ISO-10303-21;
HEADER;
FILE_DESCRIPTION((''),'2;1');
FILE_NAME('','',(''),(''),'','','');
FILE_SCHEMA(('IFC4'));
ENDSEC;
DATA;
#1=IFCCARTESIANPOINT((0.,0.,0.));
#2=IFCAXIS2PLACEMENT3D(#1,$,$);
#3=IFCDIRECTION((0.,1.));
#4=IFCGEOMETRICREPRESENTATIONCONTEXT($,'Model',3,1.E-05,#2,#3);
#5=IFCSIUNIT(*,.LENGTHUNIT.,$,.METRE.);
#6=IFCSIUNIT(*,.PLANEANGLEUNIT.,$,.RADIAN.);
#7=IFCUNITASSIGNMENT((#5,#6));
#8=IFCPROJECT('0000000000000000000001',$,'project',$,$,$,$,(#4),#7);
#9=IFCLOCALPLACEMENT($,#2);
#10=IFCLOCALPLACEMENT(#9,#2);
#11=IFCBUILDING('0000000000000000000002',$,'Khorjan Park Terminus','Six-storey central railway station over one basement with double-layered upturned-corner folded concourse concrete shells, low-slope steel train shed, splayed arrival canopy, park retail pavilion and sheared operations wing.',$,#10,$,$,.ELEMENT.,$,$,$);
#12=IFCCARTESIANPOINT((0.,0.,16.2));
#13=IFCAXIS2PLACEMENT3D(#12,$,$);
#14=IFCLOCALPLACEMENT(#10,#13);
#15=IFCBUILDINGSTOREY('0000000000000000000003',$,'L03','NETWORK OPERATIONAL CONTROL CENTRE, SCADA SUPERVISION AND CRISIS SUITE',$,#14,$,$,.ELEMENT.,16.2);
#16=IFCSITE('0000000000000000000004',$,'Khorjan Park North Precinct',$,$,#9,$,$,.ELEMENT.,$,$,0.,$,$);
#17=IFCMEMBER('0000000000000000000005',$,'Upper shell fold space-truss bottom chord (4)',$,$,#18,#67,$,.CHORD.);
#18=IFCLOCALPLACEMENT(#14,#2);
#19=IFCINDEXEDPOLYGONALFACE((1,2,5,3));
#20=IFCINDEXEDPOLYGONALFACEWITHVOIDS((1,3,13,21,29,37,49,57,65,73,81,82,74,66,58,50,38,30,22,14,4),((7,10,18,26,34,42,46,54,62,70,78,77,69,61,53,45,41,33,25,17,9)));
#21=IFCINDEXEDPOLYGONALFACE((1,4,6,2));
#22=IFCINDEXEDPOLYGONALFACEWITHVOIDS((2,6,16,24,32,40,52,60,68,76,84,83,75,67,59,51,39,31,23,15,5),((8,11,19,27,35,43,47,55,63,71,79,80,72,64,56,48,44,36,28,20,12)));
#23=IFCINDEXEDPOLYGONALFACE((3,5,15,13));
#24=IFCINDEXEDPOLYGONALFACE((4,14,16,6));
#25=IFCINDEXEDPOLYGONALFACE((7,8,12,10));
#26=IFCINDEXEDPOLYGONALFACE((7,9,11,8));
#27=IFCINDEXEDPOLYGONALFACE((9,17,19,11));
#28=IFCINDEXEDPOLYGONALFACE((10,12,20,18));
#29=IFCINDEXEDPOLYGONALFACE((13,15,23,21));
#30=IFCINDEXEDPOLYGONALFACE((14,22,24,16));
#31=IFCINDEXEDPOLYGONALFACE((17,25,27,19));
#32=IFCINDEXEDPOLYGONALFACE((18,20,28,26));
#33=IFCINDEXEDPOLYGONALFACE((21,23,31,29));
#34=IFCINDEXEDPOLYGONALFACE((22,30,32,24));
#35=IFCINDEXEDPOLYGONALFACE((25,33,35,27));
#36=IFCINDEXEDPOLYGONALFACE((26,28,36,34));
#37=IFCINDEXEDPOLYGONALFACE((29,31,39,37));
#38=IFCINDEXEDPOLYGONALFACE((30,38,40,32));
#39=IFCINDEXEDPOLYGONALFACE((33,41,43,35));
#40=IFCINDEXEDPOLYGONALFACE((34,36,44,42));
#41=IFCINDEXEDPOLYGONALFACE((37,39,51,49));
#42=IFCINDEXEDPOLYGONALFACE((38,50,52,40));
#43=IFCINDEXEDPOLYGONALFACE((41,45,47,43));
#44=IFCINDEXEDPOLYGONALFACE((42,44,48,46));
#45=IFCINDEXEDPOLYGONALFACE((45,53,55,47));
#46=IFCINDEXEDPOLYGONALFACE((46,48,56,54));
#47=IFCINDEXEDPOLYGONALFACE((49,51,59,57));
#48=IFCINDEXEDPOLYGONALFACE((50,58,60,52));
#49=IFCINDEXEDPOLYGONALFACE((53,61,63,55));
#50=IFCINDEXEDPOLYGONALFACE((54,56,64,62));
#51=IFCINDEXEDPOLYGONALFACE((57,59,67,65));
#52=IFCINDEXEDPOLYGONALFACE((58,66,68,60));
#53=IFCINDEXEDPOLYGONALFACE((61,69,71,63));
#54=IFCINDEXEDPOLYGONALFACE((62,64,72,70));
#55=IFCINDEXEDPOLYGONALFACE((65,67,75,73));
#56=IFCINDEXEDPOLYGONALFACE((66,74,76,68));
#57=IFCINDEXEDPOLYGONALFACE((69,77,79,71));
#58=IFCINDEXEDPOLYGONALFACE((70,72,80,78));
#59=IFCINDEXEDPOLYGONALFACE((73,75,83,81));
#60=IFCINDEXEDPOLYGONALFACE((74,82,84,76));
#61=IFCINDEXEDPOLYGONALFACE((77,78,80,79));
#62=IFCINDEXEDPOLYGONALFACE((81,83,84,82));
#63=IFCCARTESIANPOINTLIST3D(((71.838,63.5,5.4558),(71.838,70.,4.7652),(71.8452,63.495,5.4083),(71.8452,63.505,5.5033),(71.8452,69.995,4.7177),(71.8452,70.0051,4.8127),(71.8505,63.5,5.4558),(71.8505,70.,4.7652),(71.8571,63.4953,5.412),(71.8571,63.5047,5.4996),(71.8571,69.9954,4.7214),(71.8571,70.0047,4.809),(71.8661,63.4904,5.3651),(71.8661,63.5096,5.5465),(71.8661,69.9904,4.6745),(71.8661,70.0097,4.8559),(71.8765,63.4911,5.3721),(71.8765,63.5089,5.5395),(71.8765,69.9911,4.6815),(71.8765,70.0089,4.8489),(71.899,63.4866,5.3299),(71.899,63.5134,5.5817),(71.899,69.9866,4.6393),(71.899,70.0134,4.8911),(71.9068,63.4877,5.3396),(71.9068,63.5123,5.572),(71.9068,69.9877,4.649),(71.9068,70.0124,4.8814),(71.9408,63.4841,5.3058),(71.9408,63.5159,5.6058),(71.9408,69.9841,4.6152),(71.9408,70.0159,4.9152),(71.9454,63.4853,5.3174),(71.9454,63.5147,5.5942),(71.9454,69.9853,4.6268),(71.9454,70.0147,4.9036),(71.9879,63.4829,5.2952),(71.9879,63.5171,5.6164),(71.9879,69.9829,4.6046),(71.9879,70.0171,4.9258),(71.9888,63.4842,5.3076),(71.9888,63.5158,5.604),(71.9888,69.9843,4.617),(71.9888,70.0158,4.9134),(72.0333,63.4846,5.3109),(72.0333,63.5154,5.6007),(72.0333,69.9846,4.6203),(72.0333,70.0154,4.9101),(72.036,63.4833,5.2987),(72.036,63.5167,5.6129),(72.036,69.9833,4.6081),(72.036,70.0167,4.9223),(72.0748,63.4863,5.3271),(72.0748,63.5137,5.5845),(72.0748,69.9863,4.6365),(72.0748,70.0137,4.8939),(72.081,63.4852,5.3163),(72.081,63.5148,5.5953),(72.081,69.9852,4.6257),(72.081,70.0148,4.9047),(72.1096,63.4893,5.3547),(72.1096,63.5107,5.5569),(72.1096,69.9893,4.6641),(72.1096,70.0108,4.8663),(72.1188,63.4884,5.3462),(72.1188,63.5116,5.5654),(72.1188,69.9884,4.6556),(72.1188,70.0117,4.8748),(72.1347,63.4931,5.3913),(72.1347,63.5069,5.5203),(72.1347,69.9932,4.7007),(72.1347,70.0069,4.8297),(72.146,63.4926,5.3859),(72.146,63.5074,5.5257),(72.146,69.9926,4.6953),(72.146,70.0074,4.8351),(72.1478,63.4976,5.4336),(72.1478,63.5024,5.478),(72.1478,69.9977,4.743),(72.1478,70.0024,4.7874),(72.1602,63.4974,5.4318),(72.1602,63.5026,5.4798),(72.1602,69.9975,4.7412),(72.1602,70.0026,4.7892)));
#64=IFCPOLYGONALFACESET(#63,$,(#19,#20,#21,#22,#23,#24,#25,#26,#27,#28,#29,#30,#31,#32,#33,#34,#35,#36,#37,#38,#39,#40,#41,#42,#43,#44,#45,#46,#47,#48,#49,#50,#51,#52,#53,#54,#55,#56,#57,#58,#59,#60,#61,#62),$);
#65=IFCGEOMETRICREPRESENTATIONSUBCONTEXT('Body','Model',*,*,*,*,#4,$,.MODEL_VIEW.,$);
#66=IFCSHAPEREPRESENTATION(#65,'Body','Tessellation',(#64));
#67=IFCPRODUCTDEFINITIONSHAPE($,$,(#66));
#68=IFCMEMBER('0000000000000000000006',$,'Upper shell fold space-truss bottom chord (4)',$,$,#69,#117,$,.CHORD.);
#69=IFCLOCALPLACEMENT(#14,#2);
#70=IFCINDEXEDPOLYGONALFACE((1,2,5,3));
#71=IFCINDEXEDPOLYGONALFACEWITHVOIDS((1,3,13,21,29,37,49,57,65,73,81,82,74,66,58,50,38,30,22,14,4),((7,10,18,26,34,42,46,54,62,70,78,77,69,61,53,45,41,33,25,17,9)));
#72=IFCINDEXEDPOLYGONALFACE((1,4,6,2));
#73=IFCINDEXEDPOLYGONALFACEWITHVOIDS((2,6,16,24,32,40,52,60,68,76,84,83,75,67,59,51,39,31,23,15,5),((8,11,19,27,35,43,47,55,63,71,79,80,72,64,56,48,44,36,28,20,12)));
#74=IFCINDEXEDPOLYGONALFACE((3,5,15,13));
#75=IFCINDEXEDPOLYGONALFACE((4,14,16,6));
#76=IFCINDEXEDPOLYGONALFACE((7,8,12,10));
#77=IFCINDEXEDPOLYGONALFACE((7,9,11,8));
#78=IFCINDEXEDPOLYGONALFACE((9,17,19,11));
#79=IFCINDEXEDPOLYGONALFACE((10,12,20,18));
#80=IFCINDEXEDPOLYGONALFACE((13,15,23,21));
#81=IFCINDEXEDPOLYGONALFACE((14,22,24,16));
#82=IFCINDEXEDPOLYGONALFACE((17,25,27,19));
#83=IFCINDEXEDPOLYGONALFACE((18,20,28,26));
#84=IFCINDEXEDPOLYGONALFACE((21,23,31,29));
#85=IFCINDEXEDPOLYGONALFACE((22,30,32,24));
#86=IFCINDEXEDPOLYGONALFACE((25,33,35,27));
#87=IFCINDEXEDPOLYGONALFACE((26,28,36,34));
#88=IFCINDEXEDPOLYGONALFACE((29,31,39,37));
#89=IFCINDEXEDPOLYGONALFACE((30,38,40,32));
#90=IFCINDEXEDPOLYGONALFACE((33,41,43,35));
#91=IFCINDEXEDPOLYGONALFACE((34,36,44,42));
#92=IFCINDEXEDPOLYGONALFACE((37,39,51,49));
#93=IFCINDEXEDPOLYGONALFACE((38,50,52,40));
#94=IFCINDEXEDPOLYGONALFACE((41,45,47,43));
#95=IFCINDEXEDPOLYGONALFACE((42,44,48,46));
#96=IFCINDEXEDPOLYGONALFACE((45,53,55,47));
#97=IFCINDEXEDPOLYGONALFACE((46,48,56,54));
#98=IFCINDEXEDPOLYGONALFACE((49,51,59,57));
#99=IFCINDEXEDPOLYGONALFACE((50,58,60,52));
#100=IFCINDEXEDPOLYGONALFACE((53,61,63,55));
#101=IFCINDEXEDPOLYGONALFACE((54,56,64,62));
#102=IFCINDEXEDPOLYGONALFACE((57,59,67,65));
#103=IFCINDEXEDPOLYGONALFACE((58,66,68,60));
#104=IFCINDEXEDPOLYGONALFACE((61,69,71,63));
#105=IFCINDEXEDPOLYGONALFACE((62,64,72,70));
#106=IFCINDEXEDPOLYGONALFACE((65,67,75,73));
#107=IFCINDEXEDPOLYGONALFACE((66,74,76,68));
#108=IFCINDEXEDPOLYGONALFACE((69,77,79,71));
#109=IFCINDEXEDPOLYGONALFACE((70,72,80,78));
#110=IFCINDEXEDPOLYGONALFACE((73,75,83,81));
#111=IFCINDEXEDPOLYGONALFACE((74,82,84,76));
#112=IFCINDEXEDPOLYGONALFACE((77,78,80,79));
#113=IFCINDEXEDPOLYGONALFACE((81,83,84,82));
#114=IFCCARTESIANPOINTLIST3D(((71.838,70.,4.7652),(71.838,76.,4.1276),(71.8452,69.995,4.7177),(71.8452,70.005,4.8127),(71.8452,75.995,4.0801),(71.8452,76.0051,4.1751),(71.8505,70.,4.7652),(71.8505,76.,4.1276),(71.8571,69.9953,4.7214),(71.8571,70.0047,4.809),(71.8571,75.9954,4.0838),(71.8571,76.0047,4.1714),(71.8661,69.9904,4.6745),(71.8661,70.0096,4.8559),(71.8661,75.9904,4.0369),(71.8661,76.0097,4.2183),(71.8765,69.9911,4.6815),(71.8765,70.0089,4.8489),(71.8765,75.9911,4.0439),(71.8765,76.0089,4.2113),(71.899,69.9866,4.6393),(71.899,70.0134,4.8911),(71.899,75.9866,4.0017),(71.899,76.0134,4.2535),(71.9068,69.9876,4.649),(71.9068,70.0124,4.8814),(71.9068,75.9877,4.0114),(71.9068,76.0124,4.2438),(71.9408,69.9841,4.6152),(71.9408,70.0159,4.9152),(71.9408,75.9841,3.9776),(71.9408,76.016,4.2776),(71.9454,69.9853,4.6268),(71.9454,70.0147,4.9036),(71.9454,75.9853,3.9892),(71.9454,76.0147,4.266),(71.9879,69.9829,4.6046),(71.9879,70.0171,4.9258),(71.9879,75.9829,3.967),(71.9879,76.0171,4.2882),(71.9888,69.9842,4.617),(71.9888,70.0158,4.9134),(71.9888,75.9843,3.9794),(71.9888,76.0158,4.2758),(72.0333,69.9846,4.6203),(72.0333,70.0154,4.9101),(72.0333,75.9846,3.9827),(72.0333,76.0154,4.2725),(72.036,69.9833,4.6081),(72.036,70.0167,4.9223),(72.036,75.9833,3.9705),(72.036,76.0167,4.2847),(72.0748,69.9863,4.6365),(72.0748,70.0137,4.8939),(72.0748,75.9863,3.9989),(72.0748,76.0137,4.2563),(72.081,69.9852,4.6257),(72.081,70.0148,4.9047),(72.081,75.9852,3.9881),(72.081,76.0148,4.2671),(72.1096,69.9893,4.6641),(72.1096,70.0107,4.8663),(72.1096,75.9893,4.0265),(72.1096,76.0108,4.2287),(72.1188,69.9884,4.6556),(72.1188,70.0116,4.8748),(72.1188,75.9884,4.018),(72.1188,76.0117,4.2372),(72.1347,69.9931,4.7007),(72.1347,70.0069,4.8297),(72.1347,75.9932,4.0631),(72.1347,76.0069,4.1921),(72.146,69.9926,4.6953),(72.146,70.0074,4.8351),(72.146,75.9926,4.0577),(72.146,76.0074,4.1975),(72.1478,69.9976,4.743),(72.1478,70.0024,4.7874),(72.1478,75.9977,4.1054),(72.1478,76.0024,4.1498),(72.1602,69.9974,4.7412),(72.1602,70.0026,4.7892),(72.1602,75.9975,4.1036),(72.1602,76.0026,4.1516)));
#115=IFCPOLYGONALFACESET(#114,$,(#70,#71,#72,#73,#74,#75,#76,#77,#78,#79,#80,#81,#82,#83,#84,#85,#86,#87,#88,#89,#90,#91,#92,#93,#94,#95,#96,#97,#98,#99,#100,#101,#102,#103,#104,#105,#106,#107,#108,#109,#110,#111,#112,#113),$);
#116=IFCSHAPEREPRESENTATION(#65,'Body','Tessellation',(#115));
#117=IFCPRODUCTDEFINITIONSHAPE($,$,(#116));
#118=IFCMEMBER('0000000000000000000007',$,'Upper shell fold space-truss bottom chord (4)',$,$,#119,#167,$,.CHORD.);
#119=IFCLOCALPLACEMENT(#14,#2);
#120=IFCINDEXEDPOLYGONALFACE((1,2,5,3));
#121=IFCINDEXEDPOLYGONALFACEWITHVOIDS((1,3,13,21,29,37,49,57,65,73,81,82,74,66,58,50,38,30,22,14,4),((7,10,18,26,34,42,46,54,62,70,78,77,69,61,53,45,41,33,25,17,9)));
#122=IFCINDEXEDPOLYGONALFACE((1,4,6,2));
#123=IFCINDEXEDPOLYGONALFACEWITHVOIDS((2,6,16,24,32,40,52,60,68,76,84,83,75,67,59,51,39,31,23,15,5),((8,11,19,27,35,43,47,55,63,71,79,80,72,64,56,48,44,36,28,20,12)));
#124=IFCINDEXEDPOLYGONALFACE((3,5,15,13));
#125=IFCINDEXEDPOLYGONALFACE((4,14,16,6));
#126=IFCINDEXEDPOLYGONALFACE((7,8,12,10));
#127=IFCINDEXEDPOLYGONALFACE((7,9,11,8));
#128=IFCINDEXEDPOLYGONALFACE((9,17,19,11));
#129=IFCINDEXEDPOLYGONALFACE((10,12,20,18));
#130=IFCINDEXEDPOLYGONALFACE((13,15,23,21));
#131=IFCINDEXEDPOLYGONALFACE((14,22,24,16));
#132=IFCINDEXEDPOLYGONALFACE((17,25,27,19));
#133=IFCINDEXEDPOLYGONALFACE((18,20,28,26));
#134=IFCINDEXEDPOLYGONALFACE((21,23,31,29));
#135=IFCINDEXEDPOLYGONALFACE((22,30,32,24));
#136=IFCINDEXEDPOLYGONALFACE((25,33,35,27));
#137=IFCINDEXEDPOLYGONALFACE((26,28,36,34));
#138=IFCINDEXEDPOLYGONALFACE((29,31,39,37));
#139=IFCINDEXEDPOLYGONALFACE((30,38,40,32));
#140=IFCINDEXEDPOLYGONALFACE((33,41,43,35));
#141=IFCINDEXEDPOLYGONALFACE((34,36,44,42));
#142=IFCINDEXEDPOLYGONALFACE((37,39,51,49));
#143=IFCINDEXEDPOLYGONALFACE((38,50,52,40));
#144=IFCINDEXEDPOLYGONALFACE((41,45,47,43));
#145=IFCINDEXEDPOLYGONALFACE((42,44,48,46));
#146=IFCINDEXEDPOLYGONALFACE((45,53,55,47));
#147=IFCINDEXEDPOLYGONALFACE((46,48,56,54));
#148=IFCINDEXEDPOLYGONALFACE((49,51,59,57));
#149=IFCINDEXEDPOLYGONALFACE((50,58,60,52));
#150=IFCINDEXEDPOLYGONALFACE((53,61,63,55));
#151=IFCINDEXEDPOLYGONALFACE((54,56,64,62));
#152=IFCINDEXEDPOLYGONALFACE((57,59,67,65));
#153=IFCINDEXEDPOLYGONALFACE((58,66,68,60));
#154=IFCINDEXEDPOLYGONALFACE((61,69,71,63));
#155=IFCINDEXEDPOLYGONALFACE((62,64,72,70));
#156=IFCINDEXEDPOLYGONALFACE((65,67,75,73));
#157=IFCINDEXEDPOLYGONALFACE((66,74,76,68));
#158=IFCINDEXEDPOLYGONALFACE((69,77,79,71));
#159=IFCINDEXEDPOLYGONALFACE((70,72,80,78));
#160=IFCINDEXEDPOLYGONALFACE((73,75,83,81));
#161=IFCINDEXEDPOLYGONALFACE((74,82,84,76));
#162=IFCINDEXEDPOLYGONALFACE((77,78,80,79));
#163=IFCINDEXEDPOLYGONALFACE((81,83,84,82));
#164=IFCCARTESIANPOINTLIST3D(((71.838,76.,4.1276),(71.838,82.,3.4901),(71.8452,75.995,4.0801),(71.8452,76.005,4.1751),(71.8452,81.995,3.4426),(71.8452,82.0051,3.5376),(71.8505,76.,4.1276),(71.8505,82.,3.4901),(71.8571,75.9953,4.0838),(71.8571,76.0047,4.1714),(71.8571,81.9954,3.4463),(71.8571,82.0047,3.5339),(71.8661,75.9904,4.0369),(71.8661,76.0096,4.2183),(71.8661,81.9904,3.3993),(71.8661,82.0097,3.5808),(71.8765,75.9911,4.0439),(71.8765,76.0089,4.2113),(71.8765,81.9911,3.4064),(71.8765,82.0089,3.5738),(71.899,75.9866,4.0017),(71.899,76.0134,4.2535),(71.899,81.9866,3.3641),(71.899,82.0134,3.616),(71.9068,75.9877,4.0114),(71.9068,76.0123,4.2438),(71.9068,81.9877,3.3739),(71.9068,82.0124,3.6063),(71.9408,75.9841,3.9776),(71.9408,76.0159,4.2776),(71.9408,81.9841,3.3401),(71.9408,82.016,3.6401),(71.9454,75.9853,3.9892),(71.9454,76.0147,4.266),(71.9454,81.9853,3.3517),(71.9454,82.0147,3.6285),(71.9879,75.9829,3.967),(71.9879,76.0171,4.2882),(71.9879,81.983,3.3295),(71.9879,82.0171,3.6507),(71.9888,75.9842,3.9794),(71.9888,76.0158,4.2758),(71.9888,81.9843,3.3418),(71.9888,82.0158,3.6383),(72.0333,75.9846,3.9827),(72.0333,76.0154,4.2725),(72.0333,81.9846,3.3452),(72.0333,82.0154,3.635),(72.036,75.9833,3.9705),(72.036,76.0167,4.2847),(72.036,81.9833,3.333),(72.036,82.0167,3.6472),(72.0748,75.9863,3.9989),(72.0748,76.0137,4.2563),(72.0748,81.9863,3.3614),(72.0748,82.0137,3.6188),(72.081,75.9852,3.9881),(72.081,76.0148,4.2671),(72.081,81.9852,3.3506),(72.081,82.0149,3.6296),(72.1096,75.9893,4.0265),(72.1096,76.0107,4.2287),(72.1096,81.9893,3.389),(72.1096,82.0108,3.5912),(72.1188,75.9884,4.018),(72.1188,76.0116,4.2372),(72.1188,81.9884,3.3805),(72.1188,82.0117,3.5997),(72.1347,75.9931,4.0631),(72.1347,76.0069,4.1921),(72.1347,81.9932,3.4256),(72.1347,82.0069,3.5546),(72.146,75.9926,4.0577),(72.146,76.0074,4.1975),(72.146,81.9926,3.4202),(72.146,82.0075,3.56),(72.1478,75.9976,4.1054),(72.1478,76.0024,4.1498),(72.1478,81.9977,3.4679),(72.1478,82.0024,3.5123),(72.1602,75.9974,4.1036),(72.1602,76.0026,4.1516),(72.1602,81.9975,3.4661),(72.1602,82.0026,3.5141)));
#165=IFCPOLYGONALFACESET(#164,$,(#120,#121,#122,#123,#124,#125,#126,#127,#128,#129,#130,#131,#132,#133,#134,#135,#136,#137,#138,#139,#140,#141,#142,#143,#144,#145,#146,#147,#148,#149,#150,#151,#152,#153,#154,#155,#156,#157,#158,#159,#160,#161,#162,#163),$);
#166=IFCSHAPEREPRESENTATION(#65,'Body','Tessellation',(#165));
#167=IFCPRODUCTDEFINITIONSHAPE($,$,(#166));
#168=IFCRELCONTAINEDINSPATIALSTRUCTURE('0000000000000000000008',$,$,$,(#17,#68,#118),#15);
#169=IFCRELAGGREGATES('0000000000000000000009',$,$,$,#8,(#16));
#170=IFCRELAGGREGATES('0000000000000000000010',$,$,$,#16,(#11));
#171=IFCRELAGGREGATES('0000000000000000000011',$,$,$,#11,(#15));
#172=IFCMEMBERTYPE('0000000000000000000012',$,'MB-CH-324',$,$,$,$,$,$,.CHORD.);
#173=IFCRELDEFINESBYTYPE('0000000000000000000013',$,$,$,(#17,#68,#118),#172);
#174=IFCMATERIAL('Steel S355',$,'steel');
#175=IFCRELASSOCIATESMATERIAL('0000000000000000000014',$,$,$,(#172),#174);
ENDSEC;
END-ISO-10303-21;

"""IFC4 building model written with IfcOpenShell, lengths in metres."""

from ifc_helpers import new_model, si_unit, direction, frame, origin, origin_2d, place, context, subcontext, project, spatial, hollow_circle, extrude, material, material_profile, profile_set, type_object, element, save


model = new_model("IFC4")

# Units and contexts
model_context = context("Model", 3, precision=1e-05, world=origin(), true_north=direction((0.0, 1.0)))
body_context = subcontext(model_context, "Body", "Model", "MODEL_VIEW")
ifc_project = project(units=[si_unit("LENGTHUNIT", "METRE"), si_unit("PLANEANGLEUNIT", "RADIAN")], contexts=[model_context])

# Site, building, storey
site_placement = place(None, origin())
site = spatial("IfcSite", under=ifc_project, at=site_placement, Name="Khorjan Park North Precinct", CompositionType="ELEMENT", RefElevation=0.0)
building_placement = place(site_placement, origin())
building = spatial("IfcBuilding", under=site, at=building_placement, Name="Khorjan Park Terminus", Description="Six-storey central railway station over one basement with double-layered upturned-corner folded concourse concrete shells, low-slope steel train shed, splayed arrival canopy, park retail pavilion and sheared operations wing.", CompositionType="ELEMENT")
storey_placement = place(building_placement, frame((0.0, 0.0, 16.2)))
storey = spatial("IfcBuildingStorey", under=building, at=storey_placement, Name="L03", Description="NETWORK OPERATIONAL CONTROL CENTRE, SCADA SUPERVISION AND CRISIS SUITE", CompositionType="ELEMENT", Elevation=16.2)

# Members
ifc_material = material(Name="Steel S355", Category="steel")
ifc_material_profile_1 = material_profile(ifc_material, hollow_circle(Radius=0.162, WallThickness=0.0125, at=origin_2d()), Name="CHS 323.9x12.5")
ifc_profile_set_1 = profile_set([ifc_material_profile_1], Name="Steel S355")
member_type_1 = type_object("IfcMemberType", Name="MB-CH-324", PredefinedType="CHORD", material=ifc_profile_set_1)
member_1_placement = place(storey_placement, frame((72.0, 63.5, 5.4558), z_axis=(0.0, 0.994403, -0.105652), x_axis=(-1.0, 0.0, 0.0)))
element("IfcMember", 1, at=member_1_placement, inside=storey, type_object=member_type_1, Name="Upper shell fold space-truss bottom chord (4)", PredefinedType="CHORD", context=body_context, shape_type="SweptSolid", body=[
    extrude(hollow_circle(Radius=0.162, WallThickness=0.0125, at=origin_2d()), origin(), (0.0, 0.0, 1.0), 6.5366),
])
for number, where, z_axis, x_axis, name in (
    (2, (72.0, 70.0, 4.7652), (0.0, 0.994401, -0.105672), (-1.0, 0.0, 0.0), "Upper shell fold space-truss bottom chord (4)"),
    (3, (72.0, 76.0, 4.1276), (0.0, 0.994403, -0.105655), (-1.0, 0.0, 0.0), "Upper shell fold space-truss bottom chord (4)"),
):
    element("IfcMember", number, at=place(storey_placement, frame(where, z_axis=z_axis, x_axis=x_axis)), inside=storey, type_object=member_type_1, Name=name, PredefinedType="CHORD", context=body_context, shape_type="SweptSolid", body=[
        extrude(hollow_circle(Radius=0.162, WallThickness=0.0125, at=origin_2d()), origin(), (0.0, 0.0, 1.0), 6.0338),
    ])

save(model, "model.ifc")
